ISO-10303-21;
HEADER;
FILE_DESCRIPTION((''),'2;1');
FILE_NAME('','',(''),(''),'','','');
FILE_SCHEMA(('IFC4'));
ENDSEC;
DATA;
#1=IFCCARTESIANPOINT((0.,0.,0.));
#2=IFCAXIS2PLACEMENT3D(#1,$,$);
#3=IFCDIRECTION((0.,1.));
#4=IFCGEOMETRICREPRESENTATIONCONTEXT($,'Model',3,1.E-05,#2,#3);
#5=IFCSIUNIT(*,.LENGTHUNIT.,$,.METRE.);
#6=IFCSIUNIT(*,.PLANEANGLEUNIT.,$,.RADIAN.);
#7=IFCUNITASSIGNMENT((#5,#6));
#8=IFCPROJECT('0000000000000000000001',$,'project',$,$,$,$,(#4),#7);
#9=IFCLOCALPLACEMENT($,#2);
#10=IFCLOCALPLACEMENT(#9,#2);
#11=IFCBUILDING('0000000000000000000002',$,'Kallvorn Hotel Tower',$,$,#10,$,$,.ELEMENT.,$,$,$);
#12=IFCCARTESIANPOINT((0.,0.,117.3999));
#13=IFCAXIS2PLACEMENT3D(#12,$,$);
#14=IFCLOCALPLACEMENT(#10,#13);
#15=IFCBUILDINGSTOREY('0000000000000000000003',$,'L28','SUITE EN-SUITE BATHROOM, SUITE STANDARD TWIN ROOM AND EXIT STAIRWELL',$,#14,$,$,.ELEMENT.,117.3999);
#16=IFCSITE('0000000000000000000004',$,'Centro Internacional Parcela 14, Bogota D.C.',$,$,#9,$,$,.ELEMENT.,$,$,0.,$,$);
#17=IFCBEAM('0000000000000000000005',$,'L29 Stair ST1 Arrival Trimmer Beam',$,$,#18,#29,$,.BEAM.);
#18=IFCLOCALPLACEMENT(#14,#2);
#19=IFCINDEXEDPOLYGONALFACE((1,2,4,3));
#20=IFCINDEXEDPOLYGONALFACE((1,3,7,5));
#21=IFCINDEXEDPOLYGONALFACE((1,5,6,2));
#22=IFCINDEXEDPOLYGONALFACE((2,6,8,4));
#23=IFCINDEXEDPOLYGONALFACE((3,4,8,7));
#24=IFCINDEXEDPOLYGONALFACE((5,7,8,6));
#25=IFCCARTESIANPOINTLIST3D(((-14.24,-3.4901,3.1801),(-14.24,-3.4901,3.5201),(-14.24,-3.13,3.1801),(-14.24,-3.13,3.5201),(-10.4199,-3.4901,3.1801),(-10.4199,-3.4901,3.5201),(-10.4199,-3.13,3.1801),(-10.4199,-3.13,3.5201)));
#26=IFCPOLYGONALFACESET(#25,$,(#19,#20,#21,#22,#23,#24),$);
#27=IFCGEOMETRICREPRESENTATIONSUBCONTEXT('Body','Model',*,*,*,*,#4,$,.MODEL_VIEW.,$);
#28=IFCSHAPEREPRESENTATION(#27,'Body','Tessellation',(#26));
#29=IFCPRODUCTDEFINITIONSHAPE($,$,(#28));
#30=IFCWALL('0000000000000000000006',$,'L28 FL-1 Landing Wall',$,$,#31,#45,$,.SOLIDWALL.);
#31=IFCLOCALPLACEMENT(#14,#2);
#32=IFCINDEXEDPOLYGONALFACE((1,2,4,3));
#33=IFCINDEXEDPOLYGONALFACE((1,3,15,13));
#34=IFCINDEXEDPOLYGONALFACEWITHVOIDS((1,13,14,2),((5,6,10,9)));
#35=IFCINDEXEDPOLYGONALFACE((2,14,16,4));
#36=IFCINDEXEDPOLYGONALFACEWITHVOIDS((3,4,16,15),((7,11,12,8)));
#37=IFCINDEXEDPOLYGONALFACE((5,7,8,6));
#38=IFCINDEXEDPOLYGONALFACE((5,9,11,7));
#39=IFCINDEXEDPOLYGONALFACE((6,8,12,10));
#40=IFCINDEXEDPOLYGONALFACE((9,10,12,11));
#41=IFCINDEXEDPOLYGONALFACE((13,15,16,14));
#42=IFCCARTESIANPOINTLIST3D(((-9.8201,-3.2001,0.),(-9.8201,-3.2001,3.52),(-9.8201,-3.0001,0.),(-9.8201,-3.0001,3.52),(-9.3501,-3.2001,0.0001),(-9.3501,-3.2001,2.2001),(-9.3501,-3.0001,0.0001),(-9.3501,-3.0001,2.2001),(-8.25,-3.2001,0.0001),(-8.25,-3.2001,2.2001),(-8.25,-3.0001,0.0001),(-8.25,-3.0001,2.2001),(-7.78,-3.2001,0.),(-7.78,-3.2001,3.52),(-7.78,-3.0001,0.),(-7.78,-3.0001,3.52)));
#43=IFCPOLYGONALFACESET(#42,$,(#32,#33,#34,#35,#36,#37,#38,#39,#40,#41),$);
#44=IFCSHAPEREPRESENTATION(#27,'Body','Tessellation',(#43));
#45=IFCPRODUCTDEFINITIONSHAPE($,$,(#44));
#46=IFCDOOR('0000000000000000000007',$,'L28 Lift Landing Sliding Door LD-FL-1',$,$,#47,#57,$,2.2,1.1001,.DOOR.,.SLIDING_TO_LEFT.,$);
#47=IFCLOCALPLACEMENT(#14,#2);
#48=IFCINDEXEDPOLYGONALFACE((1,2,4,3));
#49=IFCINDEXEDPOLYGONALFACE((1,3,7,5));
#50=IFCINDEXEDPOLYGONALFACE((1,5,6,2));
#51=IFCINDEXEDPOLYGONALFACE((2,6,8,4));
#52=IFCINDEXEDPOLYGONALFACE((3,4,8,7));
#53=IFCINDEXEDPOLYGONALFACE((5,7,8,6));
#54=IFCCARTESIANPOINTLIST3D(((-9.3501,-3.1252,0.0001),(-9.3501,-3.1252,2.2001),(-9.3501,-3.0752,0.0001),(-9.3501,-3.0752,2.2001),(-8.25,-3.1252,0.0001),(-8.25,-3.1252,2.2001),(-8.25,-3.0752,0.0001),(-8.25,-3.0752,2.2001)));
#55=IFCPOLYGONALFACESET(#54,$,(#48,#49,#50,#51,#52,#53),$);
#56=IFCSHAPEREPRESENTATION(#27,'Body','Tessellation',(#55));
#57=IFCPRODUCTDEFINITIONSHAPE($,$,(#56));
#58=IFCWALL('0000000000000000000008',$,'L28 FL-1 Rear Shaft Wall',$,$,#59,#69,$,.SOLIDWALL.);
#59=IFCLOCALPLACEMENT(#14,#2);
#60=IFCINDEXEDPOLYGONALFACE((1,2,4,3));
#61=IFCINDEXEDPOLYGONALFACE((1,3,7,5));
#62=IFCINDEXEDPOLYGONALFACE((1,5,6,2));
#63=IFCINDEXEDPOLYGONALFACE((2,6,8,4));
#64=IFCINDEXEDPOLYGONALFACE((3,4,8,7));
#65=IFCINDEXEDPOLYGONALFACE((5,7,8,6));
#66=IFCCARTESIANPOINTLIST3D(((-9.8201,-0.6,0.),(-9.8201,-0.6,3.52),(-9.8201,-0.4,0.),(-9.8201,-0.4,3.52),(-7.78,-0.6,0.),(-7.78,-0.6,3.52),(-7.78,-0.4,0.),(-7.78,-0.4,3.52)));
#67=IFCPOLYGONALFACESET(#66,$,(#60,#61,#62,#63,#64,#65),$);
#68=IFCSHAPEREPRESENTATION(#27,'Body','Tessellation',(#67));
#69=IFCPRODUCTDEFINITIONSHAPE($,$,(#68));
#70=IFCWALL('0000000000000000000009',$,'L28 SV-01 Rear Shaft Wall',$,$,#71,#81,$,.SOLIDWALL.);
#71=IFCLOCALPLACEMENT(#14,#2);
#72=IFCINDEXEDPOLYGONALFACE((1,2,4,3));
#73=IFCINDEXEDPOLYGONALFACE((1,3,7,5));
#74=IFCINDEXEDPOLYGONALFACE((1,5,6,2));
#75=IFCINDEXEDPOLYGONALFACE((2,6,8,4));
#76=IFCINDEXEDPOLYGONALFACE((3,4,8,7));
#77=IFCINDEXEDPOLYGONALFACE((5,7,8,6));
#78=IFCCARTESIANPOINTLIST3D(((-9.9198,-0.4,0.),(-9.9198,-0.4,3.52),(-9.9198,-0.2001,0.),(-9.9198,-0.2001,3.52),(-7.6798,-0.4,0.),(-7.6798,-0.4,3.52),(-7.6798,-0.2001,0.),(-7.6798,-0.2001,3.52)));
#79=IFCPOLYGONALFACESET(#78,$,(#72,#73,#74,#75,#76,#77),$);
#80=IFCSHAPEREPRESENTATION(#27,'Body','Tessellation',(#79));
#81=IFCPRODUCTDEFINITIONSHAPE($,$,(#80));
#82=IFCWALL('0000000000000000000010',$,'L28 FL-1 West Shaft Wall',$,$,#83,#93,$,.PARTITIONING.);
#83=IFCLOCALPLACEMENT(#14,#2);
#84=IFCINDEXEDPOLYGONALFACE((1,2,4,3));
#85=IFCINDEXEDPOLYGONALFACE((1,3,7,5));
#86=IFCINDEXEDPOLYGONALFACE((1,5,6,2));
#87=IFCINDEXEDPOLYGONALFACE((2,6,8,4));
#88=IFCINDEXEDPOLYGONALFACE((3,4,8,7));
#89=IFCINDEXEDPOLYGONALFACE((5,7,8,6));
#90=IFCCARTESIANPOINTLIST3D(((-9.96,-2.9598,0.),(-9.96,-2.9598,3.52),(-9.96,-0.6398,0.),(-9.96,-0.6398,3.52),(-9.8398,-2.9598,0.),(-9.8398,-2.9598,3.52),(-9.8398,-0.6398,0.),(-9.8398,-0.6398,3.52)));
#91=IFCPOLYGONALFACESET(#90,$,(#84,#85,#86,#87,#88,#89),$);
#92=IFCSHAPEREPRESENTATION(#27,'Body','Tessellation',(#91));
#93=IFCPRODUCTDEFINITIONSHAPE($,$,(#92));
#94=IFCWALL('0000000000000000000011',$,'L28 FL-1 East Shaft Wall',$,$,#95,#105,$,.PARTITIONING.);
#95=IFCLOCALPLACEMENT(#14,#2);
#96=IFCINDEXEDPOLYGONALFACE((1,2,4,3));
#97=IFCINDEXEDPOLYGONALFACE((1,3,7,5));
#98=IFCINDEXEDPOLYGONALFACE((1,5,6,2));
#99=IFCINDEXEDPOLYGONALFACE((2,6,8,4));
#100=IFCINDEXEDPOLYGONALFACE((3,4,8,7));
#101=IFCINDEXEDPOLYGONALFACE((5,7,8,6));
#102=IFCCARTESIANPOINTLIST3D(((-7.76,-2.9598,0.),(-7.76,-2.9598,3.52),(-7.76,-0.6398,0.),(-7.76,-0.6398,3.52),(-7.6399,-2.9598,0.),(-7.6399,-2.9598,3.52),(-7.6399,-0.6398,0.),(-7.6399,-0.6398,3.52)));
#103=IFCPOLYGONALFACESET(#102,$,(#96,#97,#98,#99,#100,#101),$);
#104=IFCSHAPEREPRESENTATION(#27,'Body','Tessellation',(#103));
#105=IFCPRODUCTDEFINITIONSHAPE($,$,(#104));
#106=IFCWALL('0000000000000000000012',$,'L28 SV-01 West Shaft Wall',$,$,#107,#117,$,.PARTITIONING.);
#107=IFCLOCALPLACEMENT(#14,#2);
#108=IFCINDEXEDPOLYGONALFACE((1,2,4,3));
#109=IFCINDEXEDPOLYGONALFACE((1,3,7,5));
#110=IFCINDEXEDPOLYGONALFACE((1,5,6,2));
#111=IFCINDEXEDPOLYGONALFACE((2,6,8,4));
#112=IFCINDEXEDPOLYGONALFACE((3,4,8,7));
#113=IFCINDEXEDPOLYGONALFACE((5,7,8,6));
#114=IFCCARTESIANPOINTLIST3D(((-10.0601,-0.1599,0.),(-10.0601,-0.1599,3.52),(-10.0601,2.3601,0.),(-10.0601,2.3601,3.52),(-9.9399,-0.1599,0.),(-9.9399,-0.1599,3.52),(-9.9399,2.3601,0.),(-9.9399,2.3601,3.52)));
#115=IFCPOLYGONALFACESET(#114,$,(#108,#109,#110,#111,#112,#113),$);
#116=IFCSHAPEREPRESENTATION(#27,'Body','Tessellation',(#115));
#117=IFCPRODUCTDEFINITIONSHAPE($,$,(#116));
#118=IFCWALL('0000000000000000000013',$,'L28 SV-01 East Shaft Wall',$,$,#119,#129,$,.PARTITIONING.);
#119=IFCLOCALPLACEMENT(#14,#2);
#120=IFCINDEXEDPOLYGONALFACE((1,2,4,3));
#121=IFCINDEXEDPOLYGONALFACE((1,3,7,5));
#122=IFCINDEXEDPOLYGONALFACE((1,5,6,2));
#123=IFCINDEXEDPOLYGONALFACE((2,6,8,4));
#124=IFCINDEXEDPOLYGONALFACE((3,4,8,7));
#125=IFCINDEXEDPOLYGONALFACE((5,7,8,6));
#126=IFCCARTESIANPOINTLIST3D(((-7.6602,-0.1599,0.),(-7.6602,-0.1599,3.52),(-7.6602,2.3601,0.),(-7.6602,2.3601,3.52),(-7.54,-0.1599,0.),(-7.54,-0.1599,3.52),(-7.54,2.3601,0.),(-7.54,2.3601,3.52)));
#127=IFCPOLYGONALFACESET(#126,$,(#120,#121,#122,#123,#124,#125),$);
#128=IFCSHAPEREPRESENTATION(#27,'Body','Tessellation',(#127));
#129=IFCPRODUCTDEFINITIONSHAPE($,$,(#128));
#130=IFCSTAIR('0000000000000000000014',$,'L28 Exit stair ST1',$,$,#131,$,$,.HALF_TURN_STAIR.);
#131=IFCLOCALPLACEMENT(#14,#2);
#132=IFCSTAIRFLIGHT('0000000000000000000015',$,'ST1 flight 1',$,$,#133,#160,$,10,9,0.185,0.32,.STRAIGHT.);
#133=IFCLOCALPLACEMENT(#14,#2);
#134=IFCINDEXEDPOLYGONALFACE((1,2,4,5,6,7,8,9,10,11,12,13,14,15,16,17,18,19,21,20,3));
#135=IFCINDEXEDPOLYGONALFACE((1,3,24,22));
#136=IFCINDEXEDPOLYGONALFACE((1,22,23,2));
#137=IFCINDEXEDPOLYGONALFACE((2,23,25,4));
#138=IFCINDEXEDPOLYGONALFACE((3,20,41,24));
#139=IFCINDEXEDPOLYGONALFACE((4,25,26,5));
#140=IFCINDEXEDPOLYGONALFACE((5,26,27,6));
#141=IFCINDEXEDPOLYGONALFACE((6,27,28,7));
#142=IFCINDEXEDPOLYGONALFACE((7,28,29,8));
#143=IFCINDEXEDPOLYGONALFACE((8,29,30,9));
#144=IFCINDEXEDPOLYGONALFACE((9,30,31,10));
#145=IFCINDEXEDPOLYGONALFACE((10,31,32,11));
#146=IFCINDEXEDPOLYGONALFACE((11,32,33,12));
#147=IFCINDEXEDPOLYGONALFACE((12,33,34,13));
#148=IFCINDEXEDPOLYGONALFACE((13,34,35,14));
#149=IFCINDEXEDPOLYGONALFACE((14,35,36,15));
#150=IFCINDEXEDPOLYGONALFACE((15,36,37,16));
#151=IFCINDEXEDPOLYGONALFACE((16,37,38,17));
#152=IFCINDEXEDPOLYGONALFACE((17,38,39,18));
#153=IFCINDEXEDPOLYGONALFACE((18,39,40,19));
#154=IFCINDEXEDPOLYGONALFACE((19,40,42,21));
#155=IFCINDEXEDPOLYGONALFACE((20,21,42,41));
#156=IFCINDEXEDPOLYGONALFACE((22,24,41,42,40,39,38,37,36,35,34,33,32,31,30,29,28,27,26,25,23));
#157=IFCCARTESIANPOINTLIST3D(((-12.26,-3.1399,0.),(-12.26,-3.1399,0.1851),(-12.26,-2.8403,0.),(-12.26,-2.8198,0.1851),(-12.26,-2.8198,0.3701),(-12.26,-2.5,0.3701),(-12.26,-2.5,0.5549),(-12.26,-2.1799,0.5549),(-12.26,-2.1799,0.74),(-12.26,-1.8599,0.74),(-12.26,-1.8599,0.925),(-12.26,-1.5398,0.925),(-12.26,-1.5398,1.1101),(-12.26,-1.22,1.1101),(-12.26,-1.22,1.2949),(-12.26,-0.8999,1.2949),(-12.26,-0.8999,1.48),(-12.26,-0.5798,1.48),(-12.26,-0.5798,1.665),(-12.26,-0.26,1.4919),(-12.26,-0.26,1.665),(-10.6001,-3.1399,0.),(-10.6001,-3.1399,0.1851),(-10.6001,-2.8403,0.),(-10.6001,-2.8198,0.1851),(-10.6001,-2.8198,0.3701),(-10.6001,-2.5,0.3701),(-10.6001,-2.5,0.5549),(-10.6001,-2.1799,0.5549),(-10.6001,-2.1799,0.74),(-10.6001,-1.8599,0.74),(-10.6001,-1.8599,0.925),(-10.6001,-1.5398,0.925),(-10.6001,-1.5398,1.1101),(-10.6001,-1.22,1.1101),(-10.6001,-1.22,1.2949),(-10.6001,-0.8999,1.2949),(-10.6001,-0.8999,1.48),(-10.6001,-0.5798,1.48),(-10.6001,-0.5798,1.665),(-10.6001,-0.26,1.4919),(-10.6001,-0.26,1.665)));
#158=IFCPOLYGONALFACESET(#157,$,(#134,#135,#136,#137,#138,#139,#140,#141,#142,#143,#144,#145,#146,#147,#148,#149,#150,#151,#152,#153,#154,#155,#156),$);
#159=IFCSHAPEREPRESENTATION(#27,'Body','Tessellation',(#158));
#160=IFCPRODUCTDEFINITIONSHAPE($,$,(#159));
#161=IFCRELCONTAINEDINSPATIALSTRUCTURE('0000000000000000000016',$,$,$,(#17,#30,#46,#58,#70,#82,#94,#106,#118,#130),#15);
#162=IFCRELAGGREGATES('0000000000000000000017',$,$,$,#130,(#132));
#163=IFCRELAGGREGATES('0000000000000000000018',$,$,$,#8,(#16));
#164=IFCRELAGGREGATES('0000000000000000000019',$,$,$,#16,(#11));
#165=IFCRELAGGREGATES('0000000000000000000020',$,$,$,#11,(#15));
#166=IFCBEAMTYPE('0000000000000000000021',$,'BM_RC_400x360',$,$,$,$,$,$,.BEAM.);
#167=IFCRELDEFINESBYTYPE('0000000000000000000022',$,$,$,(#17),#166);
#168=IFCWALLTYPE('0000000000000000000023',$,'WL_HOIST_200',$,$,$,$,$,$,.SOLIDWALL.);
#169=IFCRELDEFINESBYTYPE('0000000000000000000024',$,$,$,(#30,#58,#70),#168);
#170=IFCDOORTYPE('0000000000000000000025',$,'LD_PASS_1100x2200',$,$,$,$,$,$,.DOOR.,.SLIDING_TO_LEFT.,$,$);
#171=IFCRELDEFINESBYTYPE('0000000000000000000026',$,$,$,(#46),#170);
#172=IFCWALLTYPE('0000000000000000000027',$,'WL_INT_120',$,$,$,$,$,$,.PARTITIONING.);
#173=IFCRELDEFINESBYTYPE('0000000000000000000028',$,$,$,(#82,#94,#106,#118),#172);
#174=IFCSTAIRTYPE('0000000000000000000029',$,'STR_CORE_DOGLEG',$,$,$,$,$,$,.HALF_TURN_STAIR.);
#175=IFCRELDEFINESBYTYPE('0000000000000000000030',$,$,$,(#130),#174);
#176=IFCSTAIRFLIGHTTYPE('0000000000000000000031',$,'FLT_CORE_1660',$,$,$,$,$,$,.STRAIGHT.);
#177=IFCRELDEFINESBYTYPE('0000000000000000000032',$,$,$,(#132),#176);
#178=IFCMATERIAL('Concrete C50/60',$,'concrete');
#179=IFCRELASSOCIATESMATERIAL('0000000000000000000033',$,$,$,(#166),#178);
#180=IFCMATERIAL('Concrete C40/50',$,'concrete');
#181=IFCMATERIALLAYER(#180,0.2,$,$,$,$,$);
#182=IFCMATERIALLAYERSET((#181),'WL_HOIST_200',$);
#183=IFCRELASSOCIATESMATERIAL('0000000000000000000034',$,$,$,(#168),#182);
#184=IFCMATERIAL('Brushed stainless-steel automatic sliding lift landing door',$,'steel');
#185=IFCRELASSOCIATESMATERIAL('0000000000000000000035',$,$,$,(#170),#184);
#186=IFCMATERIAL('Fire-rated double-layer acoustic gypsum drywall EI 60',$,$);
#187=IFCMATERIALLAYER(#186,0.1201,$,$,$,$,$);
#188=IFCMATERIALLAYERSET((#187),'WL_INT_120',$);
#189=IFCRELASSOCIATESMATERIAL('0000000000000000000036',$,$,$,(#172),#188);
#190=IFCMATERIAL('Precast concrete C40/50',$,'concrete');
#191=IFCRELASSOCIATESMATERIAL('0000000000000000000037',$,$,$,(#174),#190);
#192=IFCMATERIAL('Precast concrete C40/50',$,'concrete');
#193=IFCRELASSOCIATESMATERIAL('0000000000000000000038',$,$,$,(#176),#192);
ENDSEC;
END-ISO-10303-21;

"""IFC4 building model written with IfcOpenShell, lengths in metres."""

from ifc_helpers import new_model, si_unit, direction, frame, frame_2d, origin, origin_2d, place, context, subcontext, project, spatial, polyline, rectangle, outline, extrude, material, layer, layer_set, material_profile, profile_set, type_object, element, fill, aggregate, save


model = new_model("IFC4")

# Units and contexts
model_context = context("Model", 3, precision=1e-05, world=origin(), true_north=direction((0.0, 1.0)))
body_context = subcontext(model_context, "Body", "Model", "MODEL_VIEW")
ifc_project = project(units=[si_unit("LENGTHUNIT", "METRE"), si_unit("PLANEANGLEUNIT", "RADIAN")], contexts=[model_context])

# Site, building, storey
site_placement = place(None, origin())
site = spatial("IfcSite", under=ifc_project, at=site_placement, Name="Centro Internacional Parcela 14, Bogota D.C.", CompositionType="ELEMENT", RefElevation=0.0)
building_placement = place(site_placement, origin())
building = spatial("IfcBuilding", under=site, at=building_placement, Name="Kallvorn Hotel Tower", CompositionType="ELEMENT")
storey_placement = place(building_placement, frame((0.0, 0.0, 117.3999)))
storey = spatial("IfcBuildingStorey", under=building, at=storey_placement, Name="L28", Description="SUITE EN-SUITE BATHROOM, SUITE STANDARD TWIN ROOM AND EXIT STAIRWELL", CompositionType="ELEMENT", Elevation=117.3999)

# Beam
ifc_material_1 = material(Name="Concrete C50/60", Category="concrete")
ifc_material_profile = material_profile(ifc_material_1, rectangle(XDim=0.3601, YDim=0.3401, at=origin_2d()), Name="RC 360x340")
ifc_profile_set = profile_set([ifc_material_profile], Name="Concrete C50/60")
beam_type = type_object("IfcBeamType", Name="BM_RC_400x360", PredefinedType="BEAM", material=ifc_profile_set)
beam_placement = place(storey_placement, frame((-10.4199, -3.3101, 3.3501), z_axis=(-1.0, 0.0, 0.0), x_axis=(0.0, -1.0, 0.0)))
element("IfcBeam", 1, at=beam_placement, inside=storey, type_object=beam_type, Name="L29 Stair ST1 Arrival Trimmer Beam", PredefinedType="BEAM", context=body_context, shape_type="SweptSolid", body=[
    extrude(rectangle(XDim=0.3601, YDim=0.3401, at=origin_2d()), origin(), (0.0, 0.0, 1.0), 3.8201),
])

# Wall, opening, door
ifc_material_2 = material(Name="Concrete C40/50", Category="concrete")
ifc_layer_1 = layer(ifc_material_2, 0.2)
ifc_layer_set_1 = layer_set([ifc_layer_1], Name="WL_HOIST_200")
wall_type_1 = type_object("IfcWallType", Name="WL_HOIST_200", PredefinedType="SOLIDWALL", material=ifc_layer_set_1)
wall_1_placement = place(storey_placement, frame((-9.8201, -3.1001, 0.0), z_axis=(0.0, 0.0, 1.0), x_axis=(1.0, 0.0, 0.0)))
wall_1 = element("IfcWall", 2, at=wall_1_placement, inside=storey, type_object=wall_type_1, Name="L28 FL-1 Landing Wall", PredefinedType="SOLIDWALL", context=body_context, shape_type="SweptSolid", body=[
    extrude(rectangle(XDim=2.04, YDim=0.2, at=frame_2d((1.02, 0.0))), origin(), (0.0, 0.0, 1.0), 3.52),
])
opening_placement = place(wall_1_placement, frame((0.47, 0.0, 0.0)))
opening = element("IfcOpeningElement", 3, at=opening_placement, cuts=wall_1, PredefinedType="OPENING", context=body_context, shape_type="SweptSolid", body=[
    extrude(rectangle(XDim=1.1001, YDim=2.2, at=frame_2d((0.55, 1.1001))), frame((0.0, 0.115, 0.0), z_axis=(0.0, -1.0, 0.0), x_axis=(1.0, 0.0, 0.0)), (0.0, 0.0, 1.0), 0.23),
])
ifc_material_3 = material(Name="Brushed stainless-steel automatic sliding lift landing door", Category="steel")
door_type = type_object("IfcDoorType", Name="LD_PASS_1100x2200", OperationType="SLIDING_TO_LEFT", PredefinedType="DOOR", material=ifc_material_3)
door_placement = place(opening_placement, origin())
door = element("IfcDoor", 4, at=door_placement, inside=storey, type_object=door_type, Name="L28 Lift Landing Sliding Door LD-FL-1", OperationType="SLIDING_TO_LEFT", OverallHeight=2.2, OverallWidth=1.1001, PredefinedType="DOOR", context=body_context, shape_type="SweptSolid", body=[
    extrude(rectangle(XDim=1.1001, YDim=2.2, at=frame_2d((0.55, 1.1001))), frame((0.0, 0.0249, 0.0), z_axis=(0.0, -1.0, 0.0), x_axis=(1.0, 0.0, 0.0)), (0.0, 0.0, 1.0), 0.05),
])
fill(opening, door)

# Walls
wall_2_placement = place(storey_placement, frame((-9.8201, -0.5, 0.0), z_axis=(0.0, 0.0, 1.0), x_axis=(1.0, 0.0, 0.0)))
element("IfcWall", 5, at=wall_2_placement, inside=storey, type_object=wall_type_1, Name="L28 FL-1 Rear Shaft Wall", PredefinedType="SOLIDWALL", context=body_context, shape_type="SweptSolid", body=[
    extrude(rectangle(XDim=2.04, YDim=0.2, at=frame_2d((1.02, 0.0))), origin(), (0.0, 0.0, 1.0), 3.52),
])
wall_3_placement = place(storey_placement, frame((-9.9199, -0.3, 0.0), z_axis=(0.0, 0.0, 1.0), x_axis=(1.0, 0.0, 0.0)))
element("IfcWall", 6, at=wall_3_placement, inside=storey, type_object=wall_type_1, Name="L28 SV-01 Rear Shaft Wall", PredefinedType="SOLIDWALL", context=body_context, shape_type="SweptSolid", body=[
    extrude(rectangle(XDim=2.24, YDim=0.2, at=frame_2d((1.1201, 0.0))), origin(), (0.0, 0.0, 1.0), 3.52),
])
ifc_material_4 = material(Name="Fire-rated double-layer acoustic gypsum drywall EI 60")
ifc_layer_2 = layer(ifc_material_4, 0.1201)
ifc_layer_set_2 = layer_set([ifc_layer_2], Name="WL_INT_120")
wall_type_2 = type_object("IfcWallType", Name="WL_INT_120", PredefinedType="PARTITIONING", material=ifc_layer_set_2)
for number, where, z_axis, x_axis, name in (
    (7, (-9.8999, -2.96, 0.0), (0.0, 0.0, 1.0), (0.0, 1.0, 0.0), "L28 FL-1 West Shaft Wall"),
    (8, (-7.7, -2.96, 0.0), (0.0, 0.0, 1.0), (0.0, 1.0, 0.0), "L28 FL-1 East Shaft Wall"),
):
    element("IfcWall", number, at=place(storey_placement, frame(where, z_axis=z_axis, x_axis=x_axis)), inside=storey, type_object=wall_type_2, Name=name, PredefinedType="PARTITIONING", context=body_context, shape_type="SweptSolid", body=[
        extrude(rectangle(XDim=2.3201, YDim=0.1201, at=frame_2d((1.1602, 0.0))), origin(), (0.0, 0.0, 1.0), 3.52),
    ])
for number, where, z_axis, x_axis, name in (
    (9, (-10.0, -0.1599, 0.0), (0.0, 0.0, 1.0), (0.0, 1.0, 0.0), "L28 SV-01 West Shaft Wall"),
    (10, (-7.6001, -0.1599, 0.0), (0.0, 0.0, 1.0), (0.0, 1.0, 0.0), "L28 SV-01 East Shaft Wall"),
):
    element("IfcWall", number, at=place(storey_placement, frame(where, z_axis=z_axis, x_axis=x_axis)), inside=storey, type_object=wall_type_2, Name=name, PredefinedType="PARTITIONING", context=body_context, shape_type="SweptSolid", body=[
        extrude(rectangle(XDim=2.52, YDim=0.1201, at=frame_2d((1.26, 0.0))), origin(), (0.0, 0.0, 1.0), 3.52),
    ])

# Stair, stair flight
ifc_material_5 = material(Name="Precast concrete C40/50", Category="concrete")
stair_type = type_object("IfcStairType", Name="STR_CORE_DOGLEG", PredefinedType="HALF_TURN_STAIR", material=ifc_material_5)
stair_placement = place(storey_placement, origin())
stair = element("IfcStair", 11, at=stair_placement, inside=storey, type_object=stair_type, Name="L28 Exit stair ST1", PredefinedType="HALF_TURN_STAIR")
ifc_material_6 = material(Name="Precast concrete C40/50", Category="concrete")
stair_flight_type = type_object("IfcStairFlightType", Name="FLT_CORE_1660", PredefinedType="STRAIGHT", material=ifc_material_6)
stair_flight_1_placement = place(storey_placement, frame((-11.4299, -3.1399, 0.0), z_axis=(0.0, 0.0, 1.0), x_axis=(0.0, 1.0, 0.0)))
stair_flight_1 = element("IfcStairFlight", 12, at=stair_flight_1_placement, type_object=stair_flight_type, Name="ST1 flight 1", NumberOfRisers=10, NumberOfTreads=9, PredefinedType="STRAIGHT", RiserHeight=0.185, TreadLength=0.32, context=body_context, shape_type="SweptSolid", body=[
    extrude(outline(polyline([(0.0, 0.0), (0.0, 0.1851), (0.3201, 0.1851), (0.3201, 0.3701), (0.6399, 0.3701), (0.6399, 0.5549), (0.96, 0.5549), (0.96, 0.74), (1.28, 0.74), (1.28, 0.925), (1.6001, 0.925), (1.6001, 1.1101), (1.9199, 1.1101), (1.9199, 1.2949), (2.24, 1.2949), (2.24, 1.48), (2.5601, 1.48), (2.5601, 1.665), (2.8799, 1.665), (2.8799, 1.8501), (2.8799, 1.4919), (0.2996, 0.0), (0.0, 0.0)])), frame((0.0, 0.8301, 0.0), z_axis=(0.0, -1.0, 0.0), x_axis=(1.0, 0.0, 0.0)), (0.0, 0.0, 1.0), 1.6599),
])
aggregate(stair, [stair_flight_1])

save(model, "model.ifc")
